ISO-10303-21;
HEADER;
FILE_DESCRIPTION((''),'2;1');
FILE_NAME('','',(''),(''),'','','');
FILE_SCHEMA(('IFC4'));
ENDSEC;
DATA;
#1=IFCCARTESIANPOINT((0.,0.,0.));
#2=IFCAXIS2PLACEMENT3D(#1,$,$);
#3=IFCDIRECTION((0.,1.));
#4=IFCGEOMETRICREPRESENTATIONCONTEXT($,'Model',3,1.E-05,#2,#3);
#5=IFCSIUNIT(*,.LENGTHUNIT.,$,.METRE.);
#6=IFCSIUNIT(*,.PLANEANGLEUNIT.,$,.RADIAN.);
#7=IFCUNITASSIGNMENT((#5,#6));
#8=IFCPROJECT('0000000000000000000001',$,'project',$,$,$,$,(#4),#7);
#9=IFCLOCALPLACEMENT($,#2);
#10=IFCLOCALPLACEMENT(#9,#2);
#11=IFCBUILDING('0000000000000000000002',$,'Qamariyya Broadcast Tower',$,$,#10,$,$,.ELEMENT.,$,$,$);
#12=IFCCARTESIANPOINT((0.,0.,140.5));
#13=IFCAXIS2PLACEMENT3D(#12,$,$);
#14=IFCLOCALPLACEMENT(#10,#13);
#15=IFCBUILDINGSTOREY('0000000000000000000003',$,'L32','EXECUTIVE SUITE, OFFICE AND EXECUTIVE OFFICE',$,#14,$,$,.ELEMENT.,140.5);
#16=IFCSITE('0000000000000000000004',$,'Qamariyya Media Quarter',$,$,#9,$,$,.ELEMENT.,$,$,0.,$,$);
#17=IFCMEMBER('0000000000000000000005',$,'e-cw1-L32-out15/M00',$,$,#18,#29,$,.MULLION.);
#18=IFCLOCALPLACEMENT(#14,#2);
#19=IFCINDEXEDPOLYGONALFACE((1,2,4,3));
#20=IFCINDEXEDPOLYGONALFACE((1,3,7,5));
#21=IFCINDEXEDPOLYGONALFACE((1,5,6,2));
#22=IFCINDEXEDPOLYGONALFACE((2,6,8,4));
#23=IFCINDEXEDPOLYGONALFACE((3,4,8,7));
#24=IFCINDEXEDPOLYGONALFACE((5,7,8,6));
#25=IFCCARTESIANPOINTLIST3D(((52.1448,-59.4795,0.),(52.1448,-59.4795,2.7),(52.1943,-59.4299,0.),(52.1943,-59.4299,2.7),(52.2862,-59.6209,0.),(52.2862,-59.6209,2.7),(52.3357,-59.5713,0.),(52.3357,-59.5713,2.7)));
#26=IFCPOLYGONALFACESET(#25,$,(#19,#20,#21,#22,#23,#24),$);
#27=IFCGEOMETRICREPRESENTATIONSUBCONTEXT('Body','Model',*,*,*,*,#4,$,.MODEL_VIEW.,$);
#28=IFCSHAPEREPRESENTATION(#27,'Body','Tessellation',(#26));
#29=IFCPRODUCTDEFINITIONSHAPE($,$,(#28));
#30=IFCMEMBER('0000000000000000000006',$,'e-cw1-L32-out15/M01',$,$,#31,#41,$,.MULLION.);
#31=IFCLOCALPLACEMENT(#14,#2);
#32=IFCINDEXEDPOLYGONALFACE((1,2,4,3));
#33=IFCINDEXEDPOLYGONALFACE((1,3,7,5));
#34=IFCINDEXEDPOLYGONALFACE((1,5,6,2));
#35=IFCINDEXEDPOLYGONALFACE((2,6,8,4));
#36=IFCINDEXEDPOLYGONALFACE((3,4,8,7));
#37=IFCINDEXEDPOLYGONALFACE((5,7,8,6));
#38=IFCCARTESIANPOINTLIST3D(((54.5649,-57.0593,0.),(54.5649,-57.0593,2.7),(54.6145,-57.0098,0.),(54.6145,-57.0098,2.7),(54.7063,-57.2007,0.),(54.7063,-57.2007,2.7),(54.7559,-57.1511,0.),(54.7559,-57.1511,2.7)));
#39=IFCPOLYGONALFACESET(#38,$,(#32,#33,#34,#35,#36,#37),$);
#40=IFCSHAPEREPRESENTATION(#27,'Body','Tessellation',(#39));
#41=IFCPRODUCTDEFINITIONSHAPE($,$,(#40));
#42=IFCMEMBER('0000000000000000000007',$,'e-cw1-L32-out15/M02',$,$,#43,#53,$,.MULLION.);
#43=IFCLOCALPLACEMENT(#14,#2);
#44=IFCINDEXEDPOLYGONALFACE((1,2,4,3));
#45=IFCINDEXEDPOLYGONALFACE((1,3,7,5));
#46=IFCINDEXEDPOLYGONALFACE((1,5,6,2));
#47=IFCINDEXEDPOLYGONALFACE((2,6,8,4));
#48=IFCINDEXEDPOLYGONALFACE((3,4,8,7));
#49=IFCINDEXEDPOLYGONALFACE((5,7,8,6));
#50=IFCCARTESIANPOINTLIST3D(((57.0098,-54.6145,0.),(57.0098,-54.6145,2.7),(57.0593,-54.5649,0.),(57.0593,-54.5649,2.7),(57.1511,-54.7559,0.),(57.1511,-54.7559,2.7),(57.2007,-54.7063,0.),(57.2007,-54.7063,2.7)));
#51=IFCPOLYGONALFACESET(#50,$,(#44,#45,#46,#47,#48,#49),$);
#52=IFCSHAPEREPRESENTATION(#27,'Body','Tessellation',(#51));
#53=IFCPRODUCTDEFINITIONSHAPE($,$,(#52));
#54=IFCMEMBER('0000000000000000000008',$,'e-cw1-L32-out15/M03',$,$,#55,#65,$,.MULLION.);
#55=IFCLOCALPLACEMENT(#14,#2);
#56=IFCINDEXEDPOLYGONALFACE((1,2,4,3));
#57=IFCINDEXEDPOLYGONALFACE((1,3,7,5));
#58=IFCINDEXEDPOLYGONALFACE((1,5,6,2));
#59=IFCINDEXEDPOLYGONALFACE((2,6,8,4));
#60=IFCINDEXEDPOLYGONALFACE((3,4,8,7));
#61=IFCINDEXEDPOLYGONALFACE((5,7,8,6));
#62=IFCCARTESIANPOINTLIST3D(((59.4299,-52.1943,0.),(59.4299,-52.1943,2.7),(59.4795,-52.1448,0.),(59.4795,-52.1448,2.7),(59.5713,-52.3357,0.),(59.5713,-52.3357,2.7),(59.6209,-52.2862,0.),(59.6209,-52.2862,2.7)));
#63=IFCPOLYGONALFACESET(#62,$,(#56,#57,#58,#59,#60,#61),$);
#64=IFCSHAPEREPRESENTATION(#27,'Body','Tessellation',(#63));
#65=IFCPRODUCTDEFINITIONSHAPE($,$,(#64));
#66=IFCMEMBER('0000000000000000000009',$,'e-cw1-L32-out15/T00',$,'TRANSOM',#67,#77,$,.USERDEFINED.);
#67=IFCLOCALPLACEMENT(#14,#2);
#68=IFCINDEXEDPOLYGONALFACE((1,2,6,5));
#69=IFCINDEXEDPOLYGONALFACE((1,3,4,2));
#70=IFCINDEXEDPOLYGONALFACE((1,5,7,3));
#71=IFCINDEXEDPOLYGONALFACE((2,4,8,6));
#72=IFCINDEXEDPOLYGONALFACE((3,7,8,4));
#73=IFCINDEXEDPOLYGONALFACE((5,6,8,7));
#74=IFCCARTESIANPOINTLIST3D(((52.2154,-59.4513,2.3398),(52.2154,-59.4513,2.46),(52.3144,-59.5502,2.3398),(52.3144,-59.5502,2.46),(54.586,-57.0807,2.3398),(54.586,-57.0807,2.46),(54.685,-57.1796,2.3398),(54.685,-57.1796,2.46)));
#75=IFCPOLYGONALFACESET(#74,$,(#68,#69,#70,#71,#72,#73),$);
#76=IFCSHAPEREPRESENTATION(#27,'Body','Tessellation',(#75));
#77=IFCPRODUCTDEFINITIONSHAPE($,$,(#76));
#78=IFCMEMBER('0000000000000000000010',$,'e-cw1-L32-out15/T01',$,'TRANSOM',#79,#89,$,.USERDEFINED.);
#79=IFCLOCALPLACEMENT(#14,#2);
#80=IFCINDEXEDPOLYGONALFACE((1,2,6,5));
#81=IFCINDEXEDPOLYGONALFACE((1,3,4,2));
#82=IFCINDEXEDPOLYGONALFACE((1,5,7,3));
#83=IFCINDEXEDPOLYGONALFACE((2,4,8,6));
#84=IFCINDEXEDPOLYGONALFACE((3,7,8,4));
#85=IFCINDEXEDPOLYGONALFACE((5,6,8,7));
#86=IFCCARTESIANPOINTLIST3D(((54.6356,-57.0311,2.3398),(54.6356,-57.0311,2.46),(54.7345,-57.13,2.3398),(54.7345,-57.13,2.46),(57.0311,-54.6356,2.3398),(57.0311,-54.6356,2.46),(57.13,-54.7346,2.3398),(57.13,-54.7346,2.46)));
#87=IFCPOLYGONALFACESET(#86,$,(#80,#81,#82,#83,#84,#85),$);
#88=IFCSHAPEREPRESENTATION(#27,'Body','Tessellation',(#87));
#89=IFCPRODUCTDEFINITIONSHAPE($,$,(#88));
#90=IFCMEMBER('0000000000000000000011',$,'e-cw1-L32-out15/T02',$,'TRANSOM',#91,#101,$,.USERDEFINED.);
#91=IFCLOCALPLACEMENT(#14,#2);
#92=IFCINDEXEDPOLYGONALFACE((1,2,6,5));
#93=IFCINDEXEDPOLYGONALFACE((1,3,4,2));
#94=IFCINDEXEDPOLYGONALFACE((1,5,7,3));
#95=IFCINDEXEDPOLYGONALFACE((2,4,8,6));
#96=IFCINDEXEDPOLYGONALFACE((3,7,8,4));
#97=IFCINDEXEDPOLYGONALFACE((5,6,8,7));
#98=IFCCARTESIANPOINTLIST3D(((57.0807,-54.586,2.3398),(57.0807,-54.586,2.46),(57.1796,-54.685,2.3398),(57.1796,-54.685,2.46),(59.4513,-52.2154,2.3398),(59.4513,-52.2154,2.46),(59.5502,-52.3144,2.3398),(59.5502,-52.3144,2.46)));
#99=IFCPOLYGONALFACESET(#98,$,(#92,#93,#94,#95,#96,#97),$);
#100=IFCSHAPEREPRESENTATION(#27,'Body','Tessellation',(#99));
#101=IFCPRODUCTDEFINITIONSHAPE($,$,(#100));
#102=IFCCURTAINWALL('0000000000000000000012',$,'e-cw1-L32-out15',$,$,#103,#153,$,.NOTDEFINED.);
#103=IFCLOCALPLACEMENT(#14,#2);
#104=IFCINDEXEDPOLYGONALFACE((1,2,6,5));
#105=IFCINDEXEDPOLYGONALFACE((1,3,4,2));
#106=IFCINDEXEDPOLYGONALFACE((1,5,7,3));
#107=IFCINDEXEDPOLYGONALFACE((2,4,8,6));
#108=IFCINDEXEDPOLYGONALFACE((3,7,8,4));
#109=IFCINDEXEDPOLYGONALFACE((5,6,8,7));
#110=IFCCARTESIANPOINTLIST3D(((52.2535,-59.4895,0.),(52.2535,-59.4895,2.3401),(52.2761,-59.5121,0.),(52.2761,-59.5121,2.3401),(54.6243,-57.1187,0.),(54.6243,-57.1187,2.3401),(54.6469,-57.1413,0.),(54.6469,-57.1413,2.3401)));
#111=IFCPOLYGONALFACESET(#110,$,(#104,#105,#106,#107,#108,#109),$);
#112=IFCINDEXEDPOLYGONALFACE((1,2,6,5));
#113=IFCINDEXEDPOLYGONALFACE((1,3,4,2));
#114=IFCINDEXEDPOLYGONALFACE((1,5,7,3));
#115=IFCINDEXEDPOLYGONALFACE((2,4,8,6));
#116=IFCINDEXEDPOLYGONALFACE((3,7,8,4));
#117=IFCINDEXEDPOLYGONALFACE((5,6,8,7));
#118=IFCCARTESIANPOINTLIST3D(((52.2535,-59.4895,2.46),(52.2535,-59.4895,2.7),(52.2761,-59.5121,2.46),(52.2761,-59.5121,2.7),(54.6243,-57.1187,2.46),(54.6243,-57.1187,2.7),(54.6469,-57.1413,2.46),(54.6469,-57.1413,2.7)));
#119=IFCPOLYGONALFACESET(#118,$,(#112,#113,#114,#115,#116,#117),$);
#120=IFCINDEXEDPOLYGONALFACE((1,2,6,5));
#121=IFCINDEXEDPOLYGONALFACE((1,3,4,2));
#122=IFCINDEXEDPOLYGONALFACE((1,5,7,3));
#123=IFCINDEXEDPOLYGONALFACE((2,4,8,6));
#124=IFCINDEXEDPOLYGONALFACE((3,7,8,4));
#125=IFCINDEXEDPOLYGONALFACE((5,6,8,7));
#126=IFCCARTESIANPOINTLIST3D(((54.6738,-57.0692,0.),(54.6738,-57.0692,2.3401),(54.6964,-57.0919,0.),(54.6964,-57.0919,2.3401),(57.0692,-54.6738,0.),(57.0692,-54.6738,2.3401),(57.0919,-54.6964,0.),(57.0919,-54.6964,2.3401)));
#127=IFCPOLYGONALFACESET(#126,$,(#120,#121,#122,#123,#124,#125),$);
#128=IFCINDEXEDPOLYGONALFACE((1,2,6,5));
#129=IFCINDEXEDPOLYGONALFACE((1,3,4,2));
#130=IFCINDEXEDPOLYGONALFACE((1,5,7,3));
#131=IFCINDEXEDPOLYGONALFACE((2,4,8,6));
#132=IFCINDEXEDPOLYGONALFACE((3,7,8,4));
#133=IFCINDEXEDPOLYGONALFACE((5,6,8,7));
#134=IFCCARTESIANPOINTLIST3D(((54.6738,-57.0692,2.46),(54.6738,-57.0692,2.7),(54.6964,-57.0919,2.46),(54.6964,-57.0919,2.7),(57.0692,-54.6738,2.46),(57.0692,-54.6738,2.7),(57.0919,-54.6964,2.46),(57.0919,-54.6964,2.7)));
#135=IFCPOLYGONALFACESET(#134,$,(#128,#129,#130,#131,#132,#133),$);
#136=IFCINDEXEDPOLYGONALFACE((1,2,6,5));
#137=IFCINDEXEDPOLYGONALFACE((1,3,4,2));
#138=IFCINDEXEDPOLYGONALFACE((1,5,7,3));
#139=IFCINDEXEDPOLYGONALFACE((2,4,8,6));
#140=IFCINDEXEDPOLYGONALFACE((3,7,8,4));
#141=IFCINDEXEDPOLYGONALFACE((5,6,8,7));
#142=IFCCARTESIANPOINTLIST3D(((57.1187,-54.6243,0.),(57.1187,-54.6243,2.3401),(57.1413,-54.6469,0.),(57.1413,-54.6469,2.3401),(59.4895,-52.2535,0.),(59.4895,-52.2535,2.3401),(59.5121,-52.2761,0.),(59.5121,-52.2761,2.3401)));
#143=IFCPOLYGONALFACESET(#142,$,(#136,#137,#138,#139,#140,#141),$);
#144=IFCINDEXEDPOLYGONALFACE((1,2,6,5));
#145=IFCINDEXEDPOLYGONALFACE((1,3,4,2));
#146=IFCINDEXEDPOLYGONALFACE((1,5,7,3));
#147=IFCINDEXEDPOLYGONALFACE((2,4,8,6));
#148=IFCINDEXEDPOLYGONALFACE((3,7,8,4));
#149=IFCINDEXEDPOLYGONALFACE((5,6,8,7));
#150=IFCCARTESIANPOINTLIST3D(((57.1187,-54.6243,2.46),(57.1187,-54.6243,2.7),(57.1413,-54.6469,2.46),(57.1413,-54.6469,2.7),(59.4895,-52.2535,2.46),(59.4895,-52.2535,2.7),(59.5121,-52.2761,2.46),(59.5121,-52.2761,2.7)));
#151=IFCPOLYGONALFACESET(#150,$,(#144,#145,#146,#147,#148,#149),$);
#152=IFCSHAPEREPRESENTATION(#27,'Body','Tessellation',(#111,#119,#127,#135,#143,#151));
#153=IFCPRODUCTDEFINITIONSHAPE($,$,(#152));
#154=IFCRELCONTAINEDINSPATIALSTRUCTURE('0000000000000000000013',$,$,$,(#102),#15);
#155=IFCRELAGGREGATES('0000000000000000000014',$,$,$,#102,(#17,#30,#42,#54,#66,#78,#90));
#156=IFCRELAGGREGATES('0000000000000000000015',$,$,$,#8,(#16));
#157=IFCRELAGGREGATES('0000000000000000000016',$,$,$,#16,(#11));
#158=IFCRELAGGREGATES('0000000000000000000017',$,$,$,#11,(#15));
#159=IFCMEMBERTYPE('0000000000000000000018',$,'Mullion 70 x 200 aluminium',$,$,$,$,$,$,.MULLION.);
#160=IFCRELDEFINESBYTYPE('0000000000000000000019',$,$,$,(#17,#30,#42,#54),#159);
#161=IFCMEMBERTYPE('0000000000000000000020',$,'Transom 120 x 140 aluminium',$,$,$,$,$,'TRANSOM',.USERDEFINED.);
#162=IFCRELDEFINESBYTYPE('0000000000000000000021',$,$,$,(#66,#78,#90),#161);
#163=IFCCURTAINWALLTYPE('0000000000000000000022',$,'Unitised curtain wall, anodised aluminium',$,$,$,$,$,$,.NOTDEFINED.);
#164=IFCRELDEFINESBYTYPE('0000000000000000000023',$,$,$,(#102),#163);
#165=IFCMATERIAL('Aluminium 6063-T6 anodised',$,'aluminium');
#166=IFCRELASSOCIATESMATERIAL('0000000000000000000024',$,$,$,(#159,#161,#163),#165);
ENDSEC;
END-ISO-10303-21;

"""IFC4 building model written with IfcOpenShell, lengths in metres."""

from ifc_helpers import new_model, si_unit, direction, frame, origin, origin_2d, place, context, subcontext, project, spatial, rectangle, extrude, material, material_profile, profile_set, type_object, element, aggregate, save


model = new_model("IFC4")

# Units and contexts
model_context = context("Model", 3, precision=1e-05, world=origin(), true_north=direction((0.0, 1.0)))
body_context = subcontext(model_context, "Body", "Model", "MODEL_VIEW")
ifc_project = project(units=[si_unit("LENGTHUNIT", "METRE"), si_unit("PLANEANGLEUNIT", "RADIAN")], contexts=[model_context])

# Members
ifc_material_1 = material(Name="Aluminium 6063-T6 anodised", Category="aluminium")
ifc_material_profile_1 = material_profile(ifc_material_1, rectangle(XDim=0.2, YDim=0.0701, at=origin_2d()))
ifc_profile_set_1 = profile_set([ifc_material_profile_1], Name="Aluminium 6063-T6 anodised")
member_type_1 = type_object("IfcMemberType", Name="Mullion 70 x 200 aluminium", PredefinedType="MULLION", material=ifc_profile_set_1)
site_placement = place(None, origin())
building_placement = place(site_placement, origin())
storey_placement = place(building_placement, frame((0.0, 0.0, 140.5)))
member_1_placement = place(storey_placement, frame((52.2402, -59.5254, 0.0), z_axis=(0.0, 0.0, 1.0), x_axis=(-0.707107, 0.707107, 0.0)))
member_1 = element("IfcMember", 1, at=member_1_placement, type_object=member_type_1, Name="e-cw1-L32-out15/M00", PredefinedType="MULLION", context=body_context, shape_type="SweptSolid", body=[
    extrude(rectangle(XDim=0.2, YDim=0.0701, at=origin_2d()), origin(), (0.0, 0.0, 1.0), 2.7),
])
member_2_placement = place(storey_placement, frame((54.6604, -57.1052, 0.0), z_axis=(0.0, 0.0, 1.0), x_axis=(-0.707107, 0.707107, 0.0)))
member_2 = element("IfcMember", 2, at=member_2_placement, type_object=member_type_1, Name="e-cw1-L32-out15/M01", PredefinedType="MULLION", context=body_context, shape_type="SweptSolid", body=[
    extrude(rectangle(XDim=0.2, YDim=0.0701, at=origin_2d()), origin(), (0.0, 0.0, 1.0), 2.7),
])
member_3_placement = place(storey_placement, frame((57.1052, -54.6604, 0.0), z_axis=(0.0, 0.0, 1.0), x_axis=(-0.707107, 0.707107, 0.0)))
member_3 = element("IfcMember", 3, at=member_3_placement, type_object=member_type_1, Name="e-cw1-L32-out15/M02", PredefinedType="MULLION", context=body_context, shape_type="SweptSolid", body=[
    extrude(rectangle(XDim=0.2, YDim=0.0701, at=origin_2d()), origin(), (0.0, 0.0, 1.0), 2.7),
])
member_4_placement = place(storey_placement, frame((59.5254, -52.2402, 0.0), z_axis=(0.0, 0.0, 1.0), x_axis=(-0.707107, 0.707107, 0.0)))
member_4 = element("IfcMember", 4, at=member_4_placement, type_object=member_type_1, Name="e-cw1-L32-out15/M03", PredefinedType="MULLION", context=body_context, shape_type="SweptSolid", body=[
    extrude(rectangle(XDim=0.2, YDim=0.0701, at=origin_2d()), origin(), (0.0, 0.0, 1.0), 2.7),
])
ifc_material_profile_2 = material_profile(ifc_material_1, rectangle(XDim=0.1399, YDim=0.1201, at=origin_2d()))
ifc_profile_set_2 = profile_set([ifc_material_profile_2], Name="Aluminium 6063-T6 anodised")
member_type_2 = type_object("IfcMemberType", Name="Transom 120 x 140 aluminium", ElementType="TRANSOM", PredefinedType="USERDEFINED", material=ifc_profile_set_2)
member_5_placement = place(storey_placement, frame((52.2649, -59.5007, 2.3999), z_axis=(0.707107, 0.707107, 0.0), x_axis=(-0.707107, 0.707107, 0.0)))
member_5 = element("IfcMember", 5, at=member_5_placement, type_object=member_type_2, Name="e-cw1-L32-out15/T00", ObjectType="TRANSOM", PredefinedType="USERDEFINED", context=body_context, shape_type="SweptSolid", body=[
    extrude(rectangle(XDim=0.1399, YDim=0.1201, at=origin_2d()), origin(), (0.0, 0.0, 1.0), 3.3525),
])
member_6_placement = place(storey_placement, frame((54.6851, -57.0806, 2.3999), z_axis=(0.707107, 0.707107, 0.0), x_axis=(-0.707107, 0.707107, 0.0)))
member_6 = element("IfcMember", 6, at=member_6_placement, type_object=member_type_2, Name="e-cw1-L32-out15/T01", ObjectType="TRANSOM", PredefinedType="USERDEFINED", context=body_context, shape_type="SweptSolid", body=[
    extrude(rectangle(XDim=0.1399, YDim=0.1201, at=origin_2d()), origin(), (0.0, 0.0, 1.0), 3.3877),
])
member_7_placement = place(storey_placement, frame((57.1301, -54.6355, 2.3999), z_axis=(0.707107, 0.707107, 0.0), x_axis=(-0.707107, 0.707107, 0.0)))
member_7 = element("IfcMember", 7, at=member_7_placement, type_object=member_type_2, Name="e-cw1-L32-out15/T02", ObjectType="TRANSOM", PredefinedType="USERDEFINED", context=body_context, shape_type="SweptSolid", body=[
    extrude(rectangle(XDim=0.1399, YDim=0.1201, at=origin_2d()), origin(), (0.0, 0.0, 1.0), 3.3525),
])

# Site, building, storey
site = spatial("IfcSite", under=ifc_project, at=site_placement, Name="Qamariyya Media Quarter", CompositionType="ELEMENT", RefElevation=0.0)
building = spatial("IfcBuilding", under=site, at=building_placement, Name="Qamariyya Broadcast Tower", CompositionType="ELEMENT")
storey = spatial("IfcBuildingStorey", under=building, at=storey_placement, Name="L32", Description="EXECUTIVE SUITE, OFFICE AND EXECUTIVE OFFICE", CompositionType="ELEMENT", Elevation=140.5)

# Curtain wall
curtain_wall_type = type_object("IfcCurtainWallType", Name="Unitised curtain wall, anodised aluminium", PredefinedType="NOTDEFINED", material=ifc_material_1)
curtain_wall_1_placement = place(storey_placement, origin())
curtain_wall_1 = element("IfcCurtainWall", 8, at=curtain_wall_1_placement, inside=storey, type_object=curtain_wall_type, Name="e-cw1-L32-out15", PredefinedType="NOTDEFINED", context=body_context, shape_type="SweptSolid", body=[
    extrude(rectangle(XDim=3.3528, YDim=0.032, at=origin_2d()), frame((53.4502, -58.3154, 0.0), x_axis=(0.707107, 0.707107, 0.0)), (0.0, 0.0, 1.0), 2.3401),
    extrude(rectangle(XDim=3.3528, YDim=0.032, at=origin_2d()), frame((53.4502, -58.3154, 2.46), x_axis=(0.707107, 0.707107, 0.0)), (0.0, 0.0, 1.0), 0.24),
    extrude(rectangle(XDim=3.3877, YDim=0.032, at=origin_2d()), frame((55.8828, -55.8828, 0.0), x_axis=(0.707107, 0.707107, 0.0)), (0.0, 0.0, 1.0), 2.3401),
    extrude(rectangle(XDim=3.3877, YDim=0.032, at=origin_2d()), frame((55.8828, -55.8828, 2.46), x_axis=(0.707107, 0.707107, 0.0)), (0.0, 0.0, 1.0), 0.24),
    extrude(rectangle(XDim=3.3528, YDim=0.032, at=origin_2d()), frame((58.3154, -53.4502, 0.0), x_axis=(0.707107, 0.707107, 0.0)), (0.0, 0.0, 1.0), 2.3401),
    extrude(rectangle(XDim=3.3528, YDim=0.032, at=origin_2d()), frame((58.3154, -53.4502, 2.46), x_axis=(0.707107, 0.707107, 0.0)), (0.0, 0.0, 1.0), 0.24),
])
aggregate(curtain_wall_1, [member_1, member_2, member_3, member_4, member_5, member_6, member_7])

save(model, "model.ifc")
